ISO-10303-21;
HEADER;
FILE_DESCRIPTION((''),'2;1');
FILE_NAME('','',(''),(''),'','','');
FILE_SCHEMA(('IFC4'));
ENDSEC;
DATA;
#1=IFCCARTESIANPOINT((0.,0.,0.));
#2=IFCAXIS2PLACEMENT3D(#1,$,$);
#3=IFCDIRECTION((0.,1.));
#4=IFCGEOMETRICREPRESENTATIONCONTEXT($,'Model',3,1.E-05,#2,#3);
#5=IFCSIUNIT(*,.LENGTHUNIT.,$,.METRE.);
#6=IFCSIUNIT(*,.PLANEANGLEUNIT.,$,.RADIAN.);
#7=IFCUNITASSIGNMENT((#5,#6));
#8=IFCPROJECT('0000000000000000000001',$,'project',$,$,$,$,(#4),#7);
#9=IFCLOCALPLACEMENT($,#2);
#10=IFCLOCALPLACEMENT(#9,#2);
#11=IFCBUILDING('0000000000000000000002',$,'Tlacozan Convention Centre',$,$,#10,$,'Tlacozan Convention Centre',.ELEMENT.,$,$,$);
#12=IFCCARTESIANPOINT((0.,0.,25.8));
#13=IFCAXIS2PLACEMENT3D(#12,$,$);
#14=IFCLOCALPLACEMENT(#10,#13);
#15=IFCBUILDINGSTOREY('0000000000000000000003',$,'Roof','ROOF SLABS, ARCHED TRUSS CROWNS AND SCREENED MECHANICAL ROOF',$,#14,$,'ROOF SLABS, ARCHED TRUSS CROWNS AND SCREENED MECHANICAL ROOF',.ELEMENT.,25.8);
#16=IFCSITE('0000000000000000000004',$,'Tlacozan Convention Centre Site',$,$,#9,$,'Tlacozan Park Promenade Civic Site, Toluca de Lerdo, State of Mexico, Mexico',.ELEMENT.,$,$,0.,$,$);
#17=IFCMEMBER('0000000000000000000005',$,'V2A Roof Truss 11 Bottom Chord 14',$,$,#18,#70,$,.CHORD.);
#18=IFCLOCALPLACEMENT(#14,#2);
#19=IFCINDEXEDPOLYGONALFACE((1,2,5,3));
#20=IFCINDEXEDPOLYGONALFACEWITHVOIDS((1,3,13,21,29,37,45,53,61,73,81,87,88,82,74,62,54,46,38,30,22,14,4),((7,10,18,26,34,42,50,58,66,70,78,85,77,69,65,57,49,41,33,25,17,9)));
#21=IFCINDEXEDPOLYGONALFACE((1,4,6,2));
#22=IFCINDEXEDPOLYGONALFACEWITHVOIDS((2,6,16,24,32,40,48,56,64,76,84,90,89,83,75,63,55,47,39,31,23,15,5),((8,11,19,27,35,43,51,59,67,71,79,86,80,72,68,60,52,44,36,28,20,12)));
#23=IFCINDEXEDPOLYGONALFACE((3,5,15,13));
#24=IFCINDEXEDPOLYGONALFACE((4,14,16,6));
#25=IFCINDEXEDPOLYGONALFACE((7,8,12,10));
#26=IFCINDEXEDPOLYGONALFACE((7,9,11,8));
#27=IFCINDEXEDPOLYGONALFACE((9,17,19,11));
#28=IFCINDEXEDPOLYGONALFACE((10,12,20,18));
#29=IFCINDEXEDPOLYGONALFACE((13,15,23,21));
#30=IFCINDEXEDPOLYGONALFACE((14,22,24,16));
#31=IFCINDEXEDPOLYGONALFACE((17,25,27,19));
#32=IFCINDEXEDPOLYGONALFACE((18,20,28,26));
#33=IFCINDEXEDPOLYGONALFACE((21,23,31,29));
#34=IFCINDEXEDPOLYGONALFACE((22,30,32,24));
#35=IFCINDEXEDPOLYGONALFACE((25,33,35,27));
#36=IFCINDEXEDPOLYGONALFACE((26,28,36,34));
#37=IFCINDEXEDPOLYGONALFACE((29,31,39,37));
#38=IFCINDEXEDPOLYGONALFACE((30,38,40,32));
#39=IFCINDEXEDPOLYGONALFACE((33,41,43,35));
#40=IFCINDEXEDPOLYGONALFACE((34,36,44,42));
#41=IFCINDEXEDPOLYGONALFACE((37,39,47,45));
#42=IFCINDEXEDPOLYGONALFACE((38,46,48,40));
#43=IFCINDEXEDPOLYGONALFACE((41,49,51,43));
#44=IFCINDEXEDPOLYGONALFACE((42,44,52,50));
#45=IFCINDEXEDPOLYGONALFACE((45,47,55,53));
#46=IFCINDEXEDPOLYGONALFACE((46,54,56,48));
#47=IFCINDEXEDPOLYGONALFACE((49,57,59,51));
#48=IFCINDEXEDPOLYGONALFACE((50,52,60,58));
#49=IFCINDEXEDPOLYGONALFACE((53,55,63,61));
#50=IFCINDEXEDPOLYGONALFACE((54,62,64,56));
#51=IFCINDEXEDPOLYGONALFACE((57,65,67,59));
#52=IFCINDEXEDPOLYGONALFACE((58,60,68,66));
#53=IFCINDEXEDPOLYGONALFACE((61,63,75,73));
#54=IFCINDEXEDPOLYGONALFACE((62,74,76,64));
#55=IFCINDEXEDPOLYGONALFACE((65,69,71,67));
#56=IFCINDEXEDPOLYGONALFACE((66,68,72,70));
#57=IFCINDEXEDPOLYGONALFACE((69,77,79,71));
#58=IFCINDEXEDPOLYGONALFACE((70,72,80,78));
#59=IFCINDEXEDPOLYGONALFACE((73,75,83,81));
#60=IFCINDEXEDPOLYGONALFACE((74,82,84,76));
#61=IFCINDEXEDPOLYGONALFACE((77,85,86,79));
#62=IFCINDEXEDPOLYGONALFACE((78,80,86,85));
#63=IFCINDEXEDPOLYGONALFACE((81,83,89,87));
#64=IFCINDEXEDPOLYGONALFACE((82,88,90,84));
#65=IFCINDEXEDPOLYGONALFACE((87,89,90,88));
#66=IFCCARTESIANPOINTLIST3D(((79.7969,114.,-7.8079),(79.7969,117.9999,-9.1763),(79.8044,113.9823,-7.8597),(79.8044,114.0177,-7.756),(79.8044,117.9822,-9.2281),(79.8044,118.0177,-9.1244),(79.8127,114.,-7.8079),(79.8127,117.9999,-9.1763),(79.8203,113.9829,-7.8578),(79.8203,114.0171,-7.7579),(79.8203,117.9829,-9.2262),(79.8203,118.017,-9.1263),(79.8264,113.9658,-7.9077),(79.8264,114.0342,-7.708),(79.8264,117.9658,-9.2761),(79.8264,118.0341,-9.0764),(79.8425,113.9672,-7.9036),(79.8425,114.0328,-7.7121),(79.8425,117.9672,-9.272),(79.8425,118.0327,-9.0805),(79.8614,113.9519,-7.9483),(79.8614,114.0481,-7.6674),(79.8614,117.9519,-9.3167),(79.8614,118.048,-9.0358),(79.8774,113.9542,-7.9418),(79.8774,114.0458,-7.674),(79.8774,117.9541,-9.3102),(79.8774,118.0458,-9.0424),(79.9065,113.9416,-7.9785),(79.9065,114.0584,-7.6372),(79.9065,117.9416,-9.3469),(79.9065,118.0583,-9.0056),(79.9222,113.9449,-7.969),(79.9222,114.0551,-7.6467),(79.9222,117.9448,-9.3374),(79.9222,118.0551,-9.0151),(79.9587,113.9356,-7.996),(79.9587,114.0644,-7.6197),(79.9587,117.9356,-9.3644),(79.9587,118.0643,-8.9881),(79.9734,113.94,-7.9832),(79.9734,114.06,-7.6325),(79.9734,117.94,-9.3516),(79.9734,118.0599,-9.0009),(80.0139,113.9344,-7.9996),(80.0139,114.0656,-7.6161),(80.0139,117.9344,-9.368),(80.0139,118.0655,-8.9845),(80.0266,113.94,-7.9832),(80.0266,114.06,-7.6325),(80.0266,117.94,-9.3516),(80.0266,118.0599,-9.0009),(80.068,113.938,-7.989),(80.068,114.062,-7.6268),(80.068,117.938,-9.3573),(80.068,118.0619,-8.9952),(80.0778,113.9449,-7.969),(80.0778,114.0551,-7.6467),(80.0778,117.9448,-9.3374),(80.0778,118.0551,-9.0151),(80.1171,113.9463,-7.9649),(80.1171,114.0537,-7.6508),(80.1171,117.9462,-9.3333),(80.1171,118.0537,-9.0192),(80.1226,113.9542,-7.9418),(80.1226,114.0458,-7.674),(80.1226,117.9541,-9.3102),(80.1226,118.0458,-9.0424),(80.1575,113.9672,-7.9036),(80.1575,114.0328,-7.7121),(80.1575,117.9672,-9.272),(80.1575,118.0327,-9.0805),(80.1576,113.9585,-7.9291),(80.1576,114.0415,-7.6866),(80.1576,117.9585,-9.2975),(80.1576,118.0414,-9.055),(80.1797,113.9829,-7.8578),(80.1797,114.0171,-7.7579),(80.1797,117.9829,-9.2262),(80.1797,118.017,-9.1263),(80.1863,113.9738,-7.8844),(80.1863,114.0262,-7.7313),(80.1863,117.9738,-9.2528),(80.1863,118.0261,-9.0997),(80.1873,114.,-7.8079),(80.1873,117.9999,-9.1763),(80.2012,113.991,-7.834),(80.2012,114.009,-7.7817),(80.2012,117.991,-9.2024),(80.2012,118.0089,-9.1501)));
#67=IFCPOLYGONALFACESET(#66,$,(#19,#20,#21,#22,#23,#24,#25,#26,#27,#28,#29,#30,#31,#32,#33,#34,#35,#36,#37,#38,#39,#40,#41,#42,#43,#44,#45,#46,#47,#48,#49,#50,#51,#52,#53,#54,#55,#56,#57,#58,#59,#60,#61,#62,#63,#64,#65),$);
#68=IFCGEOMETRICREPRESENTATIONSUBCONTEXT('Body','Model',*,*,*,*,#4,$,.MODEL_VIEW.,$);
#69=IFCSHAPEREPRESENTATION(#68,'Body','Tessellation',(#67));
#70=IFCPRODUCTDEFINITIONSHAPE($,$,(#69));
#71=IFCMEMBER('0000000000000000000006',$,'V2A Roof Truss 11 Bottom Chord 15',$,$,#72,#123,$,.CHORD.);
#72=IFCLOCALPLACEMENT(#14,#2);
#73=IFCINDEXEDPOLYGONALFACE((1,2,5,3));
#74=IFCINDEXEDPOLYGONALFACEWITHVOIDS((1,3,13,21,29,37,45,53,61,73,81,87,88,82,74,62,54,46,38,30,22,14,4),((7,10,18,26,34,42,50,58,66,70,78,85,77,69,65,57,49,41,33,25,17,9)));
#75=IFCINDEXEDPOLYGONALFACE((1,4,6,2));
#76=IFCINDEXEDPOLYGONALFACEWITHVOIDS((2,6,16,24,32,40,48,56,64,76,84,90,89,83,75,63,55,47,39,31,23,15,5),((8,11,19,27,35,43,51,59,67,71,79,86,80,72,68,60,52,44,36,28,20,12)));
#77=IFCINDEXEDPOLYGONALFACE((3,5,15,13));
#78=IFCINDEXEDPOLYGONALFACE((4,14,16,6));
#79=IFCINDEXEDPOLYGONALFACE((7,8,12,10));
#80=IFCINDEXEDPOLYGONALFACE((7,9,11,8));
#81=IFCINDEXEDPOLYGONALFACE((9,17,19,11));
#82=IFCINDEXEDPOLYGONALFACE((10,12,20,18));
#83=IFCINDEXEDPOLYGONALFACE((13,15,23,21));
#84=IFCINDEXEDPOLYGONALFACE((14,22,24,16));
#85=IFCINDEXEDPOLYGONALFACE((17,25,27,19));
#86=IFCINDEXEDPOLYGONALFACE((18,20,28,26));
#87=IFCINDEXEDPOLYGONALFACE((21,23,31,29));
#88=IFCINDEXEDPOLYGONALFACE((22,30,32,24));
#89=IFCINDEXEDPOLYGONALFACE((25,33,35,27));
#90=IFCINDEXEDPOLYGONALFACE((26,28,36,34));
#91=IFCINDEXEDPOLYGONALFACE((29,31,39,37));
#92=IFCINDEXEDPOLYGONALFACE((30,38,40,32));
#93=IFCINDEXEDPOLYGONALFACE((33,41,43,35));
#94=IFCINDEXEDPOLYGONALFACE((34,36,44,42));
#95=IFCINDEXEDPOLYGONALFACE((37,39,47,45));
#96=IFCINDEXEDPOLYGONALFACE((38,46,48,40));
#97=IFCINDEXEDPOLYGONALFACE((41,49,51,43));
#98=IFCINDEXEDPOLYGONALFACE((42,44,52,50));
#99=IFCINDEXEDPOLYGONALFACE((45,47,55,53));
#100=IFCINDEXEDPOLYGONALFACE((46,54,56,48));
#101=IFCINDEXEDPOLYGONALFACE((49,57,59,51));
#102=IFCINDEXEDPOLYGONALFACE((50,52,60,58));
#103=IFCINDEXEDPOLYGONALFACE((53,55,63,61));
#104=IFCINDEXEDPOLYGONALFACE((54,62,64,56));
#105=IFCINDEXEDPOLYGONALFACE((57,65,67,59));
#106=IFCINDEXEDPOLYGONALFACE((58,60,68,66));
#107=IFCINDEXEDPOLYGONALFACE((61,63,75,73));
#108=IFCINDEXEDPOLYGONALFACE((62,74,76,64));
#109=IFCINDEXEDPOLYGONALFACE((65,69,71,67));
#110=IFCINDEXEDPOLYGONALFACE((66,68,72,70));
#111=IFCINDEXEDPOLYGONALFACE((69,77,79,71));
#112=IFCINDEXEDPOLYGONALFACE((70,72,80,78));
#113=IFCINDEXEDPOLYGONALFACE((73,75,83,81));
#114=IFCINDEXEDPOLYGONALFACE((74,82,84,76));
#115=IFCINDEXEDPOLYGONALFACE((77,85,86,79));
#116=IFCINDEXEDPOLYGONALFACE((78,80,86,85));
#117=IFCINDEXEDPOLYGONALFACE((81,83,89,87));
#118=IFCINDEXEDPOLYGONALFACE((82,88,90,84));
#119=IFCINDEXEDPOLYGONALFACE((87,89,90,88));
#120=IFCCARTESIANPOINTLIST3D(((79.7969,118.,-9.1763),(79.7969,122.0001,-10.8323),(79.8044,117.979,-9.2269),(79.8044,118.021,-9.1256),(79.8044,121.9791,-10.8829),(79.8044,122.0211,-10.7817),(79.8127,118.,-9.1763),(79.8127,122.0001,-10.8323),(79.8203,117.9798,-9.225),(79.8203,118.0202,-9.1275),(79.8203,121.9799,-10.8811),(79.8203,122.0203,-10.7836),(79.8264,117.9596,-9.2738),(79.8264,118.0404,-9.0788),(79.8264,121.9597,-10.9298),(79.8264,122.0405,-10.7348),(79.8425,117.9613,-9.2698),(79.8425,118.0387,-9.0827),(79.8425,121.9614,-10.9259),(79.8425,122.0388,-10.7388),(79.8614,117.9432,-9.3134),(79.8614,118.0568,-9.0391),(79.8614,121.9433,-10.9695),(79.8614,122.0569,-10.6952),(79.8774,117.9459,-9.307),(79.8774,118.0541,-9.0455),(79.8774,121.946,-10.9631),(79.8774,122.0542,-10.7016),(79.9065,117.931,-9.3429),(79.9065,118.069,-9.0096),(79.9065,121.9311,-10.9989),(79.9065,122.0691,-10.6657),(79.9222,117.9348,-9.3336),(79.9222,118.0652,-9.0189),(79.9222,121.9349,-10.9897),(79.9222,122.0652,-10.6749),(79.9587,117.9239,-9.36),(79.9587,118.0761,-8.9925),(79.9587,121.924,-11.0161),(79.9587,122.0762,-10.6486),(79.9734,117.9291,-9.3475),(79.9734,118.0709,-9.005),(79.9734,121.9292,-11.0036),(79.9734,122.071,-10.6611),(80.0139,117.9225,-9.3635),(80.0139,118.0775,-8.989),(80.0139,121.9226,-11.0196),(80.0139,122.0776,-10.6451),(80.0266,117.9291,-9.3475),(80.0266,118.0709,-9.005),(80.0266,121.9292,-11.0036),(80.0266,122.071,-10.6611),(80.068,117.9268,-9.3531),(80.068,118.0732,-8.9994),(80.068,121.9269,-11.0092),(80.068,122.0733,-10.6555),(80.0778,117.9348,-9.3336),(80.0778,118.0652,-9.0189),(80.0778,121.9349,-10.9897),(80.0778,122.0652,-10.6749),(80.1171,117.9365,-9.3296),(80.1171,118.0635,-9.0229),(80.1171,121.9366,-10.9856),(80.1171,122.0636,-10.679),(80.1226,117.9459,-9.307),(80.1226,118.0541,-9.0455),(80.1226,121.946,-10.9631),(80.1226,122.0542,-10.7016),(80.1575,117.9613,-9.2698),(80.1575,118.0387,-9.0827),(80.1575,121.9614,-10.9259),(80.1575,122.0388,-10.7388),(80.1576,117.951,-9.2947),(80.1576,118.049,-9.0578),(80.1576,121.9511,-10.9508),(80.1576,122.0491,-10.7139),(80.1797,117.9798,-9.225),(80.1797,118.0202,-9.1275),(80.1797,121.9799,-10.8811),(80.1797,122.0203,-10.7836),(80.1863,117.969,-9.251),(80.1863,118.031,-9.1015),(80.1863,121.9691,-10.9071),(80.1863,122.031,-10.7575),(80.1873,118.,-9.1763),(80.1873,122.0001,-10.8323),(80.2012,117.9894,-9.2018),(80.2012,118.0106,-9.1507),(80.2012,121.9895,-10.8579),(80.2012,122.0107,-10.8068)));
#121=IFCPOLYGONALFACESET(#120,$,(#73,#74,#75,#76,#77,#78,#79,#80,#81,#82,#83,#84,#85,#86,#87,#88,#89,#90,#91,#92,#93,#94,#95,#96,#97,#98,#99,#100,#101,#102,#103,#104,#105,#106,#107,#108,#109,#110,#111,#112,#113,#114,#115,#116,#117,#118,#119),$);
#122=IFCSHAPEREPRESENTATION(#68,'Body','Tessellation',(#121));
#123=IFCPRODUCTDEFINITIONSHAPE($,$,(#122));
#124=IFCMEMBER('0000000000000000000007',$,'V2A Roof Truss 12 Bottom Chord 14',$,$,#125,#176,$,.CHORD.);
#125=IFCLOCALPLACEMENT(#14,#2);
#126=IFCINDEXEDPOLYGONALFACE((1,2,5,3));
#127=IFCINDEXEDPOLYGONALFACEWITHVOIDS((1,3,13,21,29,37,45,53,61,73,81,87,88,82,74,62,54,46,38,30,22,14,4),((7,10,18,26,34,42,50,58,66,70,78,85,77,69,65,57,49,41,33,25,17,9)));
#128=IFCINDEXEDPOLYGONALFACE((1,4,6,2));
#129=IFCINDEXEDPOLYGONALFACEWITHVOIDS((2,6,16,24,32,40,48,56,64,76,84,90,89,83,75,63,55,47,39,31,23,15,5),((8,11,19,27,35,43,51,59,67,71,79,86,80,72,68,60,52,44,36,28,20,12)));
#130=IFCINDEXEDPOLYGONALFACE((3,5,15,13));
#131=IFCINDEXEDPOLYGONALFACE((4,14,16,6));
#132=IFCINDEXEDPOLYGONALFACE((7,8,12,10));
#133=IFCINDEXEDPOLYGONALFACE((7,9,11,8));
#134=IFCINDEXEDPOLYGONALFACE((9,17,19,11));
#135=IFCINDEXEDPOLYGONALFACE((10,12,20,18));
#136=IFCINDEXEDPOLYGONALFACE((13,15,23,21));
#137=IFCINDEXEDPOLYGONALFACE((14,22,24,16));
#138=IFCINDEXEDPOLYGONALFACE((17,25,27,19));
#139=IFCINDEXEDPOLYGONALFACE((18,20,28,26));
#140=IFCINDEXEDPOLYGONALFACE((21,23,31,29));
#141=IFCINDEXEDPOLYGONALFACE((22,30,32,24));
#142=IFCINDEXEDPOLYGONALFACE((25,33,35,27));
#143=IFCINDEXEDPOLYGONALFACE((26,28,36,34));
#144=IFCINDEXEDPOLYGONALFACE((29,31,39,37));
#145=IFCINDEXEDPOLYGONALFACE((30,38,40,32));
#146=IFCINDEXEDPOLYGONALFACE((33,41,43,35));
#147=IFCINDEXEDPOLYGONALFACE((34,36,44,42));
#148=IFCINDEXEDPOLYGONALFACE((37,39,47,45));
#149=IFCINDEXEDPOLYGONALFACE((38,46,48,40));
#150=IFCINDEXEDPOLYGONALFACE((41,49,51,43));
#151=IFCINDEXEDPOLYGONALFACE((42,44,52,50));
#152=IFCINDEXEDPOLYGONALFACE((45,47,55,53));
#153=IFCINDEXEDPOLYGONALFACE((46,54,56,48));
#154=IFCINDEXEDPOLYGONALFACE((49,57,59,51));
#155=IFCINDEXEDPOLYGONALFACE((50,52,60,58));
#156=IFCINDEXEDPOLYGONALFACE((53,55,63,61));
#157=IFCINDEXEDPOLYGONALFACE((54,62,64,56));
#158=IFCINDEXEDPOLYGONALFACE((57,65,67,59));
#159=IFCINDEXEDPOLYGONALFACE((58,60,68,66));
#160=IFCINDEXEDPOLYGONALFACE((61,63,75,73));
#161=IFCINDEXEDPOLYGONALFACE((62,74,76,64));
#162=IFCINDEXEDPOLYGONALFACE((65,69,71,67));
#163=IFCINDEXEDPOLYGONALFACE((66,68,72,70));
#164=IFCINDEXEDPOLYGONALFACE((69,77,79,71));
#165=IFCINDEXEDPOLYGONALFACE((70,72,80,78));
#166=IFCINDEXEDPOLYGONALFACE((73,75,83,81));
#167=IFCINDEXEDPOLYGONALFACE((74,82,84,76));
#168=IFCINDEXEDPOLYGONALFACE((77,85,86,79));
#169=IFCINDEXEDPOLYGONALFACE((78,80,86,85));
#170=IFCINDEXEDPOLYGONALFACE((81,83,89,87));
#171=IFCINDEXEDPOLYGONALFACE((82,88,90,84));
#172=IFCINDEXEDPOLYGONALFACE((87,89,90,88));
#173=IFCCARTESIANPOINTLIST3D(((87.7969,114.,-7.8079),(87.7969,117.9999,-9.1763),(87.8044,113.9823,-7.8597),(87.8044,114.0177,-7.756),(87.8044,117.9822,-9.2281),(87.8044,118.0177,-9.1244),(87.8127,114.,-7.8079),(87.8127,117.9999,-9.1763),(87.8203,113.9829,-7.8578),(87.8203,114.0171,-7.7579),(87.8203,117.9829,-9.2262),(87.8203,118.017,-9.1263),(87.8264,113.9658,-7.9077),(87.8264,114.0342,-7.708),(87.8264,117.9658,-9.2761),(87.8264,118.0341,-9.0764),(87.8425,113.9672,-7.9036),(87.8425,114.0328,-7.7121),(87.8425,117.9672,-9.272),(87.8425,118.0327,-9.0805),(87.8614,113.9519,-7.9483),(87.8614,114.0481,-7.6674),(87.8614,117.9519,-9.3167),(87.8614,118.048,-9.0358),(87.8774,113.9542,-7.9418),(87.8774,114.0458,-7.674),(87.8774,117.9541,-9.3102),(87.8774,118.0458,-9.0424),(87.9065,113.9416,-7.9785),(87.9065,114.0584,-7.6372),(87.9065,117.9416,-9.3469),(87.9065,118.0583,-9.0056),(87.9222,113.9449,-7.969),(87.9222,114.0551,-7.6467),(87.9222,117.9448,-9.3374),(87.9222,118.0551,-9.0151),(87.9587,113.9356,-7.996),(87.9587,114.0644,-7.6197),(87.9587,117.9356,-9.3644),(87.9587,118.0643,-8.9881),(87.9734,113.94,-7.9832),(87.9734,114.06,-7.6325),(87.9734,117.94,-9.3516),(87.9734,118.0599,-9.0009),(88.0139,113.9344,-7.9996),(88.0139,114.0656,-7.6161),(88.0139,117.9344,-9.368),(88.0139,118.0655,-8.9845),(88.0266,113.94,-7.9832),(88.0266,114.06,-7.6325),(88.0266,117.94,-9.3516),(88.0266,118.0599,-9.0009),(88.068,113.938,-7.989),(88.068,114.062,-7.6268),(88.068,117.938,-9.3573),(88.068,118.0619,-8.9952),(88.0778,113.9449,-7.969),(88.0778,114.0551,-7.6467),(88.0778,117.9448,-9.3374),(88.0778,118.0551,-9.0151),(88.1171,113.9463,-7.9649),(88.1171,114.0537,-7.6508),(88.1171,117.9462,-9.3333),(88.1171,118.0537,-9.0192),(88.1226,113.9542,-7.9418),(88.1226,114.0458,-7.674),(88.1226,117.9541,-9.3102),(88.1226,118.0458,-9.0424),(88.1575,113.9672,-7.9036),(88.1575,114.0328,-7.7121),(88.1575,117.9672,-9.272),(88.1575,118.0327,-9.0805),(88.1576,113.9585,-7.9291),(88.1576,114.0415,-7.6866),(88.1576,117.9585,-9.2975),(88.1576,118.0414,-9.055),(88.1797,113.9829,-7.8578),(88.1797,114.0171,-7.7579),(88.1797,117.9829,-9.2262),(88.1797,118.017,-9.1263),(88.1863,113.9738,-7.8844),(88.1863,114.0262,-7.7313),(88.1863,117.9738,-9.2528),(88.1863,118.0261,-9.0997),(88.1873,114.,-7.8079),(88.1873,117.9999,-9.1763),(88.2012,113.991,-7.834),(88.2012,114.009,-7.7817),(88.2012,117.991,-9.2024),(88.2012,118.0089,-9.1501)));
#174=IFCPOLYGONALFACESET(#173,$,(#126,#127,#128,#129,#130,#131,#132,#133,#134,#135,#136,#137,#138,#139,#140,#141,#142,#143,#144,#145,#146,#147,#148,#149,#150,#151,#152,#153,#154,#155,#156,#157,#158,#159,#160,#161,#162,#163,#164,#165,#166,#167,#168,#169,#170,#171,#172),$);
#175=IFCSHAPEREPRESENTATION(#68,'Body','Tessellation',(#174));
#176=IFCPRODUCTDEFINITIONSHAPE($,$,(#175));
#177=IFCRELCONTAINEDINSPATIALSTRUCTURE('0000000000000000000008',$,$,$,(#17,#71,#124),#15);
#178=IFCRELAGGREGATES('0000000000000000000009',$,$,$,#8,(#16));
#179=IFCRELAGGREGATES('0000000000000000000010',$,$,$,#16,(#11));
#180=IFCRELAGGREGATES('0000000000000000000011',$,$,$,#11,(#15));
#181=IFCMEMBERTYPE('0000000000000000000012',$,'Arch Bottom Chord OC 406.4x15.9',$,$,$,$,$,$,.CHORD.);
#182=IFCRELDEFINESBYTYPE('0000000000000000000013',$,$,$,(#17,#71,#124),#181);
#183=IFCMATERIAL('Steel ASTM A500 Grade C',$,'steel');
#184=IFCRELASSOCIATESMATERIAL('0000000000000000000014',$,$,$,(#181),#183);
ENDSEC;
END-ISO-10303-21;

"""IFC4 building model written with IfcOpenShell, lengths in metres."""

from ifc_helpers import new_model, si_unit, direction, frame, origin, origin_2d, place, context, subcontext, project, spatial, hollow_circle, extrude, material, material_profile, profile_set, type_object, element, save


model = new_model("IFC4")

# Units and contexts
model_context = context("Model", 3, precision=1e-05, world=origin(), true_north=direction((0.0, 1.0)))
body_context = subcontext(model_context, "Body", "Model", "MODEL_VIEW")
ifc_project = project(units=[si_unit("LENGTHUNIT", "METRE"), si_unit("PLANEANGLEUNIT", "RADIAN")], contexts=[model_context])

# Site, building, storey
site_placement = place(None, origin())
site = spatial("IfcSite", under=ifc_project, at=site_placement, Name="Tlacozan Convention Centre Site", LongName="Tlacozan Park Promenade Civic Site, Toluca de Lerdo, State of Mexico, Mexico", CompositionType="ELEMENT", RefElevation=0.0)
building_placement = place(site_placement, origin())
building = spatial("IfcBuilding", under=site, at=building_placement, Name="Tlacozan Convention Centre", LongName="Tlacozan Convention Centre", CompositionType="ELEMENT")
storey_placement = place(building_placement, frame((0.0, 0.0, 25.8)))
storey = spatial("IfcBuildingStorey", under=building, at=storey_placement, Name="Roof", Description="ROOF SLABS, ARCHED TRUSS CROWNS AND SCREENED MECHANICAL ROOF", LongName="ROOF SLABS, ARCHED TRUSS CROWNS AND SCREENED MECHANICAL ROOF", CompositionType="ELEMENT", Elevation=25.8)

# Members
ifc_material_1 = material(Name="Steel ASTM A500 Grade C", Category="steel")
ifc_material_profile_1 = material_profile(ifc_material_1, hollow_circle(Radius=0.2031, WallThickness=0.0159, at=origin_2d()), Name="OC 406.4x15.9")
ifc_profile_set_1 = profile_set([ifc_material_profile_1], Name="Steel ASTM A500 Grade C")
member_type_1 = type_object("IfcMemberType", Name="Arch Bottom Chord OC 406.4x15.9", PredefinedType="CHORD", material=ifc_profile_set_1)
member_1_placement = place(storey_placement, frame((80.0, 114.0, -7.8079), z_axis=(0.0, 0.946165, -0.323685), x_axis=(-1.0, 0.0, 0.0)))
element("IfcMember", 1, at=member_1_placement, inside=storey, type_object=member_type_1, Name="V2A Roof Truss 11 Bottom Chord 14", PredefinedType="CHORD", context=body_context, shape_type="SweptSolid", body=[
    extrude(hollow_circle(Radius=0.2031, WallThickness=0.0159, at=origin_2d()), origin(), (0.0, 0.0, 1.0), 4.2275),
])
member_2_placement = place(storey_placement, frame((80.0, 118.0, -9.1763), z_axis=(0.0, 0.923949, -0.382516), x_axis=(-1.0, 0.0, 0.0)))
element("IfcMember", 2, at=member_2_placement, inside=storey, type_object=member_type_1, Name="V2A Roof Truss 11 Bottom Chord 15", PredefinedType="CHORD", context=body_context, shape_type="SweptSolid", body=[
    extrude(hollow_circle(Radius=0.2031, WallThickness=0.0159, at=origin_2d()), origin(), (0.0, 0.0, 1.0), 4.3293),
])
member_3_placement = place(storey_placement, frame((88.0, 114.0, -7.8079), z_axis=(0.0, 0.946165, -0.323685), x_axis=(-1.0, 0.0, 0.0)))
element("IfcMember", 3, at=member_3_placement, inside=storey, type_object=member_type_1, Name="V2A Roof Truss 12 Bottom Chord 14", PredefinedType="CHORD", context=body_context, shape_type="SweptSolid", body=[
    extrude(hollow_circle(Radius=0.2031, WallThickness=0.0159, at=origin_2d()), origin(), (0.0, 0.0, 1.0), 4.2275),
])

save(model, "model.ifc")
